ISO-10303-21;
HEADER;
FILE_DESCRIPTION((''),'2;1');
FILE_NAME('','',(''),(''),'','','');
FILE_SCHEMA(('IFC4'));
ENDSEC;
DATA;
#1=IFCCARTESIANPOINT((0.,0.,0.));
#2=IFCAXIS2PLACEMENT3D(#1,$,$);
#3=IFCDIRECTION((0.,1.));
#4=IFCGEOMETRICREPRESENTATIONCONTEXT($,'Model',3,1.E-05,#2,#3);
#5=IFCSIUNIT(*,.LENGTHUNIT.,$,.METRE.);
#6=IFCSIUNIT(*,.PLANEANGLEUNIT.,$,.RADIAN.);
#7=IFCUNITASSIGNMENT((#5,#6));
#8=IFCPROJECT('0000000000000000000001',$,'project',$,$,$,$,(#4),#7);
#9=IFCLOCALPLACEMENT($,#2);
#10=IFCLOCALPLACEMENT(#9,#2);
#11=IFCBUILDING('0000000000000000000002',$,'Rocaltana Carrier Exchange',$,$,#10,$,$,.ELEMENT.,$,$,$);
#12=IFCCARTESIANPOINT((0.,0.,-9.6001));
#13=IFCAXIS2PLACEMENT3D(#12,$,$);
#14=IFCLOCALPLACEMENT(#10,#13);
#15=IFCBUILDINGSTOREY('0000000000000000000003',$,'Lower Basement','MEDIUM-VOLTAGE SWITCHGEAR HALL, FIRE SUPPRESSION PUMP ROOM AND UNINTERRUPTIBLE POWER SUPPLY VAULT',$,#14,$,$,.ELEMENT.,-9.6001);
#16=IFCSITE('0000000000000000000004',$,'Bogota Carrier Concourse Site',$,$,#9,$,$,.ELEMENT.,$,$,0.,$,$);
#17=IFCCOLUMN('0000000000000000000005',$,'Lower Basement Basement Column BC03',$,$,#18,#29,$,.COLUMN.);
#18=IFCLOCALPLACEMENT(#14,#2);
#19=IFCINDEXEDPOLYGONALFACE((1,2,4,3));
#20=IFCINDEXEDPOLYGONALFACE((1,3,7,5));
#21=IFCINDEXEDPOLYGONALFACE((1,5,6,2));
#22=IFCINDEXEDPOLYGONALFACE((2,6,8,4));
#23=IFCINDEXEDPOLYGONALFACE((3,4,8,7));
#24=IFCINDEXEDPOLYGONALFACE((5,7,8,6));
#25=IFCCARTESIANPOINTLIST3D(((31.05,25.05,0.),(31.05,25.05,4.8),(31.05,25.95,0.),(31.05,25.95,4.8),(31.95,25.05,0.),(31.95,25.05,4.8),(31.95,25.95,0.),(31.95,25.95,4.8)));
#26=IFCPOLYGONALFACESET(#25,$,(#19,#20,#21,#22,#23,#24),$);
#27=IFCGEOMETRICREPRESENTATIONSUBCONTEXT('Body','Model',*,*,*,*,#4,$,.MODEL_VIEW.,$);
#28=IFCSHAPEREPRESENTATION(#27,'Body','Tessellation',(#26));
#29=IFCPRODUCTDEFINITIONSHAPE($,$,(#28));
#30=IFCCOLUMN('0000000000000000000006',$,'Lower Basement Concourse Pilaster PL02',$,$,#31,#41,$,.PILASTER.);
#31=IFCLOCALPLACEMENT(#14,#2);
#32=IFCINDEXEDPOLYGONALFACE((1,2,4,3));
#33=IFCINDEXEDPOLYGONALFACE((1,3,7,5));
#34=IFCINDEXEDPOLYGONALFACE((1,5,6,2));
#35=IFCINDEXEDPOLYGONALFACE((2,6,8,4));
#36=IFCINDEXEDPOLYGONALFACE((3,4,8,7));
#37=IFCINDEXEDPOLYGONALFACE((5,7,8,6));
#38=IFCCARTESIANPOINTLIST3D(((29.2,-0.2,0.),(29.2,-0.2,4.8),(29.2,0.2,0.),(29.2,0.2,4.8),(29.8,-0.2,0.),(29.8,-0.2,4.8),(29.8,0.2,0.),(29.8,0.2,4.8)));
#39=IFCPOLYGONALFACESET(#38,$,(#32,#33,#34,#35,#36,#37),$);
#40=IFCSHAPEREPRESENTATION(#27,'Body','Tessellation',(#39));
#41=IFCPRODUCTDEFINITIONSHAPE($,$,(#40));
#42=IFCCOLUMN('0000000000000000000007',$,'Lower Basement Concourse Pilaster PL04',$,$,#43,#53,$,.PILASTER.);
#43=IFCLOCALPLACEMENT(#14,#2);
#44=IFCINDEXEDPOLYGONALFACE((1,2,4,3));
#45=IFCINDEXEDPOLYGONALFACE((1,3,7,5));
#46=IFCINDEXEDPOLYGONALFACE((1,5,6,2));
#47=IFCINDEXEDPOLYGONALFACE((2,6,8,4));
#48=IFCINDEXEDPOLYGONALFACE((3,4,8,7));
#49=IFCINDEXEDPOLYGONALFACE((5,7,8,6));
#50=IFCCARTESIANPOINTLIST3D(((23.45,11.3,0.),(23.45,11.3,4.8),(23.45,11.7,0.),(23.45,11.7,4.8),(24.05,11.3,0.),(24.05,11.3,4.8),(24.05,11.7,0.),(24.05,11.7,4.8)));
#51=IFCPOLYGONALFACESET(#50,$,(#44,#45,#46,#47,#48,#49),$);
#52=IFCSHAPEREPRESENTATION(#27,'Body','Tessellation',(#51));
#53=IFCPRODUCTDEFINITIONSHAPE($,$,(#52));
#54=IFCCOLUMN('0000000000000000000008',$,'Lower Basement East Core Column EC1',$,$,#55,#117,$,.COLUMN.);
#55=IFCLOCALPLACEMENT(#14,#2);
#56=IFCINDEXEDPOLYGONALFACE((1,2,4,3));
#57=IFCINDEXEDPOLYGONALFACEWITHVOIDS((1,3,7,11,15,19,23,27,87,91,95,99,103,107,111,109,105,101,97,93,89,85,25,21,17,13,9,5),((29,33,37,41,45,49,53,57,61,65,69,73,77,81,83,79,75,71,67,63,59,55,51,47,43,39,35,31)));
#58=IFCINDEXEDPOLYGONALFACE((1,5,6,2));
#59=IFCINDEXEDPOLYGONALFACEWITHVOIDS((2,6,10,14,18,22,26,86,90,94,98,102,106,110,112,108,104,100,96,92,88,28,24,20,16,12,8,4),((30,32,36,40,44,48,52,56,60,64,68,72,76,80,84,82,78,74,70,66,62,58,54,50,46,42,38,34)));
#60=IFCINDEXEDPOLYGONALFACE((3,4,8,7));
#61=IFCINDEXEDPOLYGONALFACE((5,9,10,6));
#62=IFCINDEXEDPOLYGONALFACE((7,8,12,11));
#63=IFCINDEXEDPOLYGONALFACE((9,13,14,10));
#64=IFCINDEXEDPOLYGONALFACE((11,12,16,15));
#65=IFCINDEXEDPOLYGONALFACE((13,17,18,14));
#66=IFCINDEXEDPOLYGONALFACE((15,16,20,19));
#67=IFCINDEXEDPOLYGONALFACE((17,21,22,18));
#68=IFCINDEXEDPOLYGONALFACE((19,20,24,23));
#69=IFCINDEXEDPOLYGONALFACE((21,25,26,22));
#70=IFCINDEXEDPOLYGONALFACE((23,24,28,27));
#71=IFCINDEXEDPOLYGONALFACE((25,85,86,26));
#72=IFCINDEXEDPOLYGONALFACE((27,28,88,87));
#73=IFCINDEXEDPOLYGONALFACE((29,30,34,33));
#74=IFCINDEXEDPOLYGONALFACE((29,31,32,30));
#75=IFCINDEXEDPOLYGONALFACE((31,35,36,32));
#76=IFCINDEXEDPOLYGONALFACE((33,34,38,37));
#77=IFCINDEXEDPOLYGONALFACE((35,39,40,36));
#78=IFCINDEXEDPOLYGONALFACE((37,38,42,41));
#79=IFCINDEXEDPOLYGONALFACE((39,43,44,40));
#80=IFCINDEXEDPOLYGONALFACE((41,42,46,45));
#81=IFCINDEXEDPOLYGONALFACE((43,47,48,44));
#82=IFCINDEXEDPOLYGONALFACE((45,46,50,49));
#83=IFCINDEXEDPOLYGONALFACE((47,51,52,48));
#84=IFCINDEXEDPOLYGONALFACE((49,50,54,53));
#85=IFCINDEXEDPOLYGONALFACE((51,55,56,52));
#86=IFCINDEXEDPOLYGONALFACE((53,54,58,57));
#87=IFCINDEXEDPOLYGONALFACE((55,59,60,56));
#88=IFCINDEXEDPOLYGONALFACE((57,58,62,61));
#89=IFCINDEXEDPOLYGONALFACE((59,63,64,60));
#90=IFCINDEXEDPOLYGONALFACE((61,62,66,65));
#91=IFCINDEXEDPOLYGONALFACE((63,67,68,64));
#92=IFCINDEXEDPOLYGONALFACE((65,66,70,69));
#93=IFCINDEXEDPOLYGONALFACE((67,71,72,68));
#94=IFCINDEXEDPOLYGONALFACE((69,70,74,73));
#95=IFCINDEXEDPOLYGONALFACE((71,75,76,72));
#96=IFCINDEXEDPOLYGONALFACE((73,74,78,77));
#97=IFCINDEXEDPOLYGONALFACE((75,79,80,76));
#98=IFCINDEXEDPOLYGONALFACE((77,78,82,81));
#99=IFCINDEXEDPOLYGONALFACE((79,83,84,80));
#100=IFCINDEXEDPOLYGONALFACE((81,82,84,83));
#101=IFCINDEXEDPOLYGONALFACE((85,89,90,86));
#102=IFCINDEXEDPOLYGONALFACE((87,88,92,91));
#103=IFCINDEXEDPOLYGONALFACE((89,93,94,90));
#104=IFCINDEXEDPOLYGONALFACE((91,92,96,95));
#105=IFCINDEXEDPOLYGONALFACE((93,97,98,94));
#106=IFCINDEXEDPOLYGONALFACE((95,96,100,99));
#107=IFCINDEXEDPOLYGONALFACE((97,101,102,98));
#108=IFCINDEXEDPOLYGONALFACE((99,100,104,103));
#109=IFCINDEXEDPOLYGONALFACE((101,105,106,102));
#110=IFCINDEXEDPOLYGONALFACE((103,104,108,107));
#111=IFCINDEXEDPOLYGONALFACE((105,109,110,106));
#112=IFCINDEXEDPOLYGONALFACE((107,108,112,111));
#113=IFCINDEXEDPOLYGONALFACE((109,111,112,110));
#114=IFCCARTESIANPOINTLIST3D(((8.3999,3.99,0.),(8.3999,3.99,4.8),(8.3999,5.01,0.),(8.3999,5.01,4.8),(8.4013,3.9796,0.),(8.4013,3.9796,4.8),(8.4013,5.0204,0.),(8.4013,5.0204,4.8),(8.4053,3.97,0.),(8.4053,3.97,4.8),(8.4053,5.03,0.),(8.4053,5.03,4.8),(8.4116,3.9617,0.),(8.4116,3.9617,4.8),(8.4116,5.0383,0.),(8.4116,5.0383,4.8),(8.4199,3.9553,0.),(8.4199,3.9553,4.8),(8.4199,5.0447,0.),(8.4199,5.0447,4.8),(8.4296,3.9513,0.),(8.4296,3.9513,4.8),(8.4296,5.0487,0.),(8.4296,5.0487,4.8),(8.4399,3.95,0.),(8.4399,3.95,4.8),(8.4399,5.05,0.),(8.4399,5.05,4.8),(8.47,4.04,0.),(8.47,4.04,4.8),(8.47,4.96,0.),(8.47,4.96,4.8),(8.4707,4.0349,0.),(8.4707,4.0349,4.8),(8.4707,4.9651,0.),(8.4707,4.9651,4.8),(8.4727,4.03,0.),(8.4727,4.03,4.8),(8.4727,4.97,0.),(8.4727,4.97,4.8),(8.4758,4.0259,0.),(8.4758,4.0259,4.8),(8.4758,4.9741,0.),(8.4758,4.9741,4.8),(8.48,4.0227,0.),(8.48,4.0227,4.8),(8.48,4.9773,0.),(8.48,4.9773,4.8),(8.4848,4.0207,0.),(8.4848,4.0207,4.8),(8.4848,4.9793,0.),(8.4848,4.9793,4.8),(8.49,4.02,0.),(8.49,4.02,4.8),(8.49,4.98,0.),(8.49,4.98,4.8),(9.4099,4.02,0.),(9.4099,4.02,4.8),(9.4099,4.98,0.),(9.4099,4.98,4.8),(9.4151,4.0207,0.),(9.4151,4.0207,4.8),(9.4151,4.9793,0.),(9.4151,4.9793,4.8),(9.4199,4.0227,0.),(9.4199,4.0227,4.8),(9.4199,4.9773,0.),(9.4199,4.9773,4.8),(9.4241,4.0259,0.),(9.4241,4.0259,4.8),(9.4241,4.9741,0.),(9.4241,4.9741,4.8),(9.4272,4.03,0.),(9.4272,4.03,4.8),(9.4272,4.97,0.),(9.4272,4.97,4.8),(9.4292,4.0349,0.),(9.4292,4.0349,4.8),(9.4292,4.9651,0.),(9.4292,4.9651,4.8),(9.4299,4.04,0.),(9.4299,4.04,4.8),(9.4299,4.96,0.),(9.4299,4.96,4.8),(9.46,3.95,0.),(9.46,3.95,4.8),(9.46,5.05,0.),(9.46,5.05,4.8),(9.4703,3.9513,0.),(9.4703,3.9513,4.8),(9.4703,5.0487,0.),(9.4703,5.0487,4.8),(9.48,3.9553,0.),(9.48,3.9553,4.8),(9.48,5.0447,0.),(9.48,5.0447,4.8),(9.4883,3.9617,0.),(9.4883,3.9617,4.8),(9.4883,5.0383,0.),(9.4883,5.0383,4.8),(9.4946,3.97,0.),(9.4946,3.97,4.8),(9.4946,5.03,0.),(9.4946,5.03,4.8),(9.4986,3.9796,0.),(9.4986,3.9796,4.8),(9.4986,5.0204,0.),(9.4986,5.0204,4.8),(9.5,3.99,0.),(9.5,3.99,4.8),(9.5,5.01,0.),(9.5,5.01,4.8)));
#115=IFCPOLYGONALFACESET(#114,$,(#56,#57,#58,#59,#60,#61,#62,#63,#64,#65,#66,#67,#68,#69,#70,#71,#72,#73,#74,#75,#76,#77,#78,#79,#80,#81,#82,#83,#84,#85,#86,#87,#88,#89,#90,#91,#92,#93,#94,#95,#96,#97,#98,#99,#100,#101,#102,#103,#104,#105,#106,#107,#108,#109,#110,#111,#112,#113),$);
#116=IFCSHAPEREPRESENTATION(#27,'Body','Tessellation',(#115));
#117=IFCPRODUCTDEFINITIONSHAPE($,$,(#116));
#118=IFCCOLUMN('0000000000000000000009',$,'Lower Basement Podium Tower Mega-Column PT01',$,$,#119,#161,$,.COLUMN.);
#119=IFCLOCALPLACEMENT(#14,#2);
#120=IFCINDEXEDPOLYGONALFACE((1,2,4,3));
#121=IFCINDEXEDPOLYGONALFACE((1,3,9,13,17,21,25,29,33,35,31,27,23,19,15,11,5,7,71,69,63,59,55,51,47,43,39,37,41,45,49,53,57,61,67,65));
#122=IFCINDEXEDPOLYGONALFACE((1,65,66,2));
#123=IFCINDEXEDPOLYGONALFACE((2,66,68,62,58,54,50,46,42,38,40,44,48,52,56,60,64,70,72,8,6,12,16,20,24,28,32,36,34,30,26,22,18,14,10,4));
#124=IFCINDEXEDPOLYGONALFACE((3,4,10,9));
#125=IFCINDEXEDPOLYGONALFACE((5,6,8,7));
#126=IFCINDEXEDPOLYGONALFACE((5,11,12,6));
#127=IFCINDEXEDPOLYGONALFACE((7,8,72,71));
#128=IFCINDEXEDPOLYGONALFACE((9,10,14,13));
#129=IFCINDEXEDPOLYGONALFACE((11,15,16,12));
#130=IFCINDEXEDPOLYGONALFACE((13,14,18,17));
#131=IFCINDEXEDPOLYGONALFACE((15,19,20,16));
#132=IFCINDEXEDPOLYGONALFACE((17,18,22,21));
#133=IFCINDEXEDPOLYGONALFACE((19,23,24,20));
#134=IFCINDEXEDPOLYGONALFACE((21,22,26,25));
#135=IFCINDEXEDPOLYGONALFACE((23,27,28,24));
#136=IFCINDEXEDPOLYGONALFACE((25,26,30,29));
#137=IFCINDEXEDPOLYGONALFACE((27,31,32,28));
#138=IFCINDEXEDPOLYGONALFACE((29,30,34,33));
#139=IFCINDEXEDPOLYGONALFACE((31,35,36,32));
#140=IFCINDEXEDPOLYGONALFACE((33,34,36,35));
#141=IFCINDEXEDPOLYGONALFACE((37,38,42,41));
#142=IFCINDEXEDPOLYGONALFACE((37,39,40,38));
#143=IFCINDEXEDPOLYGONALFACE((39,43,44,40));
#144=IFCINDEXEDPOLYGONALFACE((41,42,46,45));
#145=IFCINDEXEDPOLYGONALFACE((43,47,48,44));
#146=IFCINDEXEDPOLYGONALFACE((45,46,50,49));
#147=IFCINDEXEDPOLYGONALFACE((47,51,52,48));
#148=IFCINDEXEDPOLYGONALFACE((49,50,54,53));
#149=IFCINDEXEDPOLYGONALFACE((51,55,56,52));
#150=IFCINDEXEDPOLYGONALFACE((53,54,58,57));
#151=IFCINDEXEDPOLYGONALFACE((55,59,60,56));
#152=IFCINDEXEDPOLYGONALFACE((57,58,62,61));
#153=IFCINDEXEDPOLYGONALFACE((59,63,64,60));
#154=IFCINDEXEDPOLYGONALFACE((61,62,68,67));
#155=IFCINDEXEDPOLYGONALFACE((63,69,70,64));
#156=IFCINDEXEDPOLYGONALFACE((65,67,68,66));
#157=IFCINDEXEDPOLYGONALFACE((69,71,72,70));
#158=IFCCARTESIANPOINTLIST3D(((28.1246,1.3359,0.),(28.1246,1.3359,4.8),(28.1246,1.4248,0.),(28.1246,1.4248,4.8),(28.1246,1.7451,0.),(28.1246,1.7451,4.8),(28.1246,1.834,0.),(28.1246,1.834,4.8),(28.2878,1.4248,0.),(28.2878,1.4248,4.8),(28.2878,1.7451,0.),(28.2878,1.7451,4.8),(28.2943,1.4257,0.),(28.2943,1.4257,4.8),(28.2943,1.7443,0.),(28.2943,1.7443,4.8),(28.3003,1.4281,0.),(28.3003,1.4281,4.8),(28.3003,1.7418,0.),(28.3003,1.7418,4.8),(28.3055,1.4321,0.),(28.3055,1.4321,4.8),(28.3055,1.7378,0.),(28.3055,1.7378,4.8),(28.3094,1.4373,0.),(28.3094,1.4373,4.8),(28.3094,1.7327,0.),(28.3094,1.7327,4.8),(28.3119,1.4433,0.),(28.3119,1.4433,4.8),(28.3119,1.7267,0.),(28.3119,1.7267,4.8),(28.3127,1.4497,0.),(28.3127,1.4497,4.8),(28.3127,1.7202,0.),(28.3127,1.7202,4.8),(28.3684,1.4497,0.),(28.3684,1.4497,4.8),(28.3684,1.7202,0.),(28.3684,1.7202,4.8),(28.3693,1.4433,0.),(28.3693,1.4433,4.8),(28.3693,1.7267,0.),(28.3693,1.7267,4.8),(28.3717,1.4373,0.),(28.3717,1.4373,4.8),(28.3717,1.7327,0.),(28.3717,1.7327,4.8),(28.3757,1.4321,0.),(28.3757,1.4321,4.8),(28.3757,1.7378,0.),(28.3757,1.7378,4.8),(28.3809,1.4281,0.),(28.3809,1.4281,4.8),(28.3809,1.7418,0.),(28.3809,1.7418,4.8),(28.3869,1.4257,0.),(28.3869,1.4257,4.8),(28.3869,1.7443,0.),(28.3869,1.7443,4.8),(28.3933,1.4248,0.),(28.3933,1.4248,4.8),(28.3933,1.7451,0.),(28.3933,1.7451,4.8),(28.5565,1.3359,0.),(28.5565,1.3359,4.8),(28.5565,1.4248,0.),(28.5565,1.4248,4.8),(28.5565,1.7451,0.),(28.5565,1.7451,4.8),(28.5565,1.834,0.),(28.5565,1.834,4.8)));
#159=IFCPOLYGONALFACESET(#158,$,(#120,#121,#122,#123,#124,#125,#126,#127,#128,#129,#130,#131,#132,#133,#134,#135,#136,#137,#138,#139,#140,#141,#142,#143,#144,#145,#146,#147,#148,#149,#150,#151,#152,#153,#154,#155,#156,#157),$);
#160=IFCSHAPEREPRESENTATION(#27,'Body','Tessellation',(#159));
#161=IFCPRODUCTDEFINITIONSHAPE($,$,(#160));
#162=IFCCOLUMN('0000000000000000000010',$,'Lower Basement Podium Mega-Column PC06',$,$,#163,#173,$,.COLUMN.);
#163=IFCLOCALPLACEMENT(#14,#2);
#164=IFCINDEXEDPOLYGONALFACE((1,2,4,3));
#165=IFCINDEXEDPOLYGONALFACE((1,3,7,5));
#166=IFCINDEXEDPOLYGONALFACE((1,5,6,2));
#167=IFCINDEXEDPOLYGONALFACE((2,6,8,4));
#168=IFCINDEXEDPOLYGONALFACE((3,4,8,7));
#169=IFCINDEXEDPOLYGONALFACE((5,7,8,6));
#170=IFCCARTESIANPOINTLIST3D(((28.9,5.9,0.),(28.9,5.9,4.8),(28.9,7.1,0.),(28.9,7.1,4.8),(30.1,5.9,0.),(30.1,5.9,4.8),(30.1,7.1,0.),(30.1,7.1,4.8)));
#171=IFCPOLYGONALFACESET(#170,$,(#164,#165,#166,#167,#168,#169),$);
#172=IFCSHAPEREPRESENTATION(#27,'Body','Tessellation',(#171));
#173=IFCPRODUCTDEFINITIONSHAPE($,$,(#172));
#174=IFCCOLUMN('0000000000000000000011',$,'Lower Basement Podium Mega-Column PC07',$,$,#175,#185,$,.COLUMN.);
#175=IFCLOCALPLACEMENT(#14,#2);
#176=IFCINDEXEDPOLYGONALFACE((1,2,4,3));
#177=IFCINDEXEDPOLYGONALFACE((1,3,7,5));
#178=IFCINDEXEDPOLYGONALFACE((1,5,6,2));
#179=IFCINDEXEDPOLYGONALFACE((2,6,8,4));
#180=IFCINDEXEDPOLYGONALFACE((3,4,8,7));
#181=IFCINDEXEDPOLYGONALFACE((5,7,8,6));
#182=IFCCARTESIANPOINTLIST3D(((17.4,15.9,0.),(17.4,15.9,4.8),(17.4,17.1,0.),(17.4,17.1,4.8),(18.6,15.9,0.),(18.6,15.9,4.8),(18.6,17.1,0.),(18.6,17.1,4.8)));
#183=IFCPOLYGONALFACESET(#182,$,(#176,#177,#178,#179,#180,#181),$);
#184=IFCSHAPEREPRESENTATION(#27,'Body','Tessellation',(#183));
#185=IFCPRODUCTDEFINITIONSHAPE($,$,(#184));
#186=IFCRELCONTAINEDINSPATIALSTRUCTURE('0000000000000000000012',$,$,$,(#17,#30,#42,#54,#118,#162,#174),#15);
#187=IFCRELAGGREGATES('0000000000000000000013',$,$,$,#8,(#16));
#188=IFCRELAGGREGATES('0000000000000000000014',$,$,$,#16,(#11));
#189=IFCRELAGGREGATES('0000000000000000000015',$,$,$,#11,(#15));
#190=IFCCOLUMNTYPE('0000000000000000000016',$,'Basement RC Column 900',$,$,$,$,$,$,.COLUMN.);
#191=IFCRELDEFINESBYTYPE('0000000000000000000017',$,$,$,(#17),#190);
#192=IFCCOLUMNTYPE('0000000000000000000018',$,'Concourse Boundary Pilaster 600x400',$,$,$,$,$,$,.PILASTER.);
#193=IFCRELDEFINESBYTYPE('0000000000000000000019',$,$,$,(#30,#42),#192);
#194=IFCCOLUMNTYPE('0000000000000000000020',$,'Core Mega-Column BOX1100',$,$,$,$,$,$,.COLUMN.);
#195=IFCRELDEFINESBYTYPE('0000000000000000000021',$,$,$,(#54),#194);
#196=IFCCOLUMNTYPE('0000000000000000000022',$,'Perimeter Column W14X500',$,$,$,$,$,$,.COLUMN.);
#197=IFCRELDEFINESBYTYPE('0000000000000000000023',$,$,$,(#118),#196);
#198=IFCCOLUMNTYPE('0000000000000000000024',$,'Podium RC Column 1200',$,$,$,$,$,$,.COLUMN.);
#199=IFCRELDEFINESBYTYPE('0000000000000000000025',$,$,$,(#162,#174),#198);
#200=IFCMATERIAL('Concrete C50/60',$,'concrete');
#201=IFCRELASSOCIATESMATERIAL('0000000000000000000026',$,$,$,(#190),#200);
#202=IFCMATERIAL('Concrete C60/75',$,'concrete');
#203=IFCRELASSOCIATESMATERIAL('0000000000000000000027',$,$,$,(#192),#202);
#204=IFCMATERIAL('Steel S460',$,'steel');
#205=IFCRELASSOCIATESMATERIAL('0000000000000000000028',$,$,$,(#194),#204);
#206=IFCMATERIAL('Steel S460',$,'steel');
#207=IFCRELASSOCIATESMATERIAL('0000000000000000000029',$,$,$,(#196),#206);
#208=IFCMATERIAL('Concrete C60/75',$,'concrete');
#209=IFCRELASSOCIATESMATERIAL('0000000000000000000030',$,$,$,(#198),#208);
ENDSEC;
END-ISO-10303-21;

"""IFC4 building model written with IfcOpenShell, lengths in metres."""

from ifc_helpers import new_model, si_unit, direction, frame, origin, origin_2d, place, context, subcontext, project, spatial, rectangle, hollow_rectangle, i_section, extrude, material, material_profile, profile_set, type_object, element, save


model = new_model("IFC4")

# Units and contexts
model_context = context("Model", 3, precision=1e-05, world=origin(), true_north=direction((0.0, 1.0)))
body_context = subcontext(model_context, "Body", "Model", "MODEL_VIEW")
ifc_project = project(units=[si_unit("LENGTHUNIT", "METRE"), si_unit("PLANEANGLEUNIT", "RADIAN")], contexts=[model_context])

# Site, building, storey
site_placement = place(None, origin())
site = spatial("IfcSite", under=ifc_project, at=site_placement, Name="Bogota Carrier Concourse Site", CompositionType="ELEMENT", RefElevation=0.0)
building_placement = place(site_placement, origin())
building = spatial("IfcBuilding", under=site, at=building_placement, Name="Rocaltana Carrier Exchange", CompositionType="ELEMENT")
storey_placement = place(building_placement, frame((0.0, 0.0, -9.6001)))
storey = spatial("IfcBuildingStorey", under=building, at=storey_placement, Name="Lower Basement", Description="MEDIUM-VOLTAGE SWITCHGEAR HALL, FIRE SUPPRESSION PUMP ROOM AND UNINTERRUPTIBLE POWER SUPPLY VAULT", CompositionType="ELEMENT", Elevation=-9.6001)

# Columns
ifc_material_1 = material(Name="Concrete C50/60", Category="concrete")
ifc_material_profile_1 = material_profile(ifc_material_1, rectangle(XDim=0.8999, YDim=0.8999, at=origin_2d()), Name="RC-COL-900X900")
ifc_profile_set_1 = profile_set([ifc_material_profile_1], Name="Concrete C50/60")
column_type_1 = type_object("IfcColumnType", Name="Basement RC Column 900", PredefinedType="COLUMN", material=ifc_profile_set_1)
column_1_placement = place(storey_placement, frame((31.5, 25.5, 0.0), z_axis=(0.0, 0.0, 1.0), x_axis=(1.0, 0.0, 0.0)))
element("IfcColumn", 1, at=column_1_placement, inside=storey, type_object=column_type_1, Name="Lower Basement Basement Column BC03", PredefinedType="COLUMN", context=body_context, shape_type="SweptSolid", body=[
    extrude(rectangle(XDim=0.8999, YDim=0.8999, at=origin_2d()), origin(), (0.0, 0.0, 1.0), 4.8),
])
ifc_material_2 = material(Name="Concrete C60/75", Category="concrete")
ifc_material_profile_2 = material_profile(ifc_material_2, rectangle(XDim=0.6001, YDim=0.3999, at=origin_2d()), Name="RC-PIL-600X400")
ifc_profile_set_2 = profile_set([ifc_material_profile_2], Name="Concrete C60/75")
column_type_2 = type_object("IfcColumnType", Name="Concourse Boundary Pilaster 600x400", PredefinedType="PILASTER", material=ifc_profile_set_2)
for number, where, z_axis, x_axis, name in (
    (2, (29.5, 0.0, 0.0), (0.0, 0.0, 1.0), (1.0, 0.0, 0.0), "Lower Basement Concourse Pilaster PL02"),
    (3, (23.75, 11.5, 0.0), (0.0, 0.0, 1.0), (1.0, 0.0, 0.0), "Lower Basement Concourse Pilaster PL04"),
):
    element("IfcColumn", number, at=place(storey_placement, frame(where, z_axis=z_axis, x_axis=x_axis)), inside=storey, type_object=column_type_2, Name=name, PredefinedType="PILASTER", context=body_context, shape_type="SweptSolid", body=[
        extrude(rectangle(XDim=0.6001, YDim=0.3999, at=origin_2d()), origin(), (0.0, 0.0, 1.0), 4.8),
    ])
ifc_material_3 = material(Name="Steel S460", Category="steel")
ifc_material_profile_3 = material_profile(ifc_material_3, hollow_rectangle(XDim=1.1001, YDim=1.1001, WallThickness=0.0701, InnerFilletRadius=0.02, OuterFilletRadius=0.04, at=origin_2d()), Name="BOX1100X1100X70")
ifc_profile_set_3 = profile_set([ifc_material_profile_3], Name="Steel S460")
column_type_3 = type_object("IfcColumnType", Name="Core Mega-Column BOX1100", PredefinedType="COLUMN", material=ifc_profile_set_3)
column_2_placement = place(storey_placement, frame((8.95, 4.5, 0.0), z_axis=(0.0, 0.0, 1.0), x_axis=(1.0, 0.0, 0.0)))
element("IfcColumn", 4, at=column_2_placement, inside=storey, type_object=column_type_3, Name="Lower Basement East Core Column EC1", PredefinedType="COLUMN", context=body_context, shape_type="SweptSolid", body=[
    extrude(hollow_rectangle(XDim=1.1001, YDim=1.1001, WallThickness=0.0701, InnerFilletRadius=0.02, OuterFilletRadius=0.04, at=origin_2d()), origin(), (0.0, 0.0, 1.0), 4.8),
])
ifc_material_4 = material(Name="Steel S460", Category="steel")
ifc_material_profile_4 = material_profile(ifc_material_4, i_section(OverallWidth=0.4319, OverallDepth=0.498, WebThickness=0.0557, FlangeThickness=0.0889, FilletRadius=0.0249, at=origin_2d()), Name="W14X500")
ifc_profile_set_4 = profile_set([ifc_material_profile_4], Name="Steel S460")
column_type_4 = type_object("IfcColumnType", Name="Perimeter Column W14X500", PredefinedType="COLUMN", material=ifc_profile_set_4)
column_3_placement = place(storey_placement, frame((28.3406, 1.585, 0.0), z_axis=(0.0, 0.0, 1.0), x_axis=(1.0, 0.0, 0.0)))
element("IfcColumn", 5, at=column_3_placement, inside=storey, type_object=column_type_4, Name="Lower Basement Podium Tower Mega-Column PT01", PredefinedType="COLUMN", context=body_context, shape_type="SweptSolid", body=[
    extrude(i_section(OverallWidth=0.4319, OverallDepth=0.498, WebThickness=0.0557, FlangeThickness=0.0889, FilletRadius=0.0249, at=origin_2d()), origin(), (0.0, 0.0, 1.0), 4.8),
])
ifc_material_5 = material(Name="Concrete C60/75", Category="concrete")
ifc_material_profile_5 = material_profile(ifc_material_5, rectangle(XDim=1.2, YDim=1.2, at=origin_2d()), Name="RC-COL-1200X1200")
ifc_profile_set_5 = profile_set([ifc_material_profile_5], Name="Concrete C60/75")
column_type_5 = type_object("IfcColumnType", Name="Podium RC Column 1200", PredefinedType="COLUMN", material=ifc_profile_set_5)
for number, where, z_axis, x_axis, name in (
    (6, (29.5, 6.5, 0.0), (0.0, 0.0, 1.0), (1.0, 0.0, 0.0), "Lower Basement Podium Mega-Column PC06"),
    (7, (18.0, 16.5, 0.0), (0.0, 0.0, 1.0), (1.0, 0.0, 0.0), "Lower Basement Podium Mega-Column PC07"),
):
    element("IfcColumn", number, at=place(storey_placement, frame(where, z_axis=z_axis, x_axis=x_axis)), inside=storey, type_object=column_type_5, Name=name, PredefinedType="COLUMN", context=body_context, shape_type="SweptSolid", body=[
        extrude(rectangle(XDim=1.2, YDim=1.2, at=origin_2d()), origin(), (0.0, 0.0, 1.0), 4.8),
    ])

save(model, "model.ifc")
